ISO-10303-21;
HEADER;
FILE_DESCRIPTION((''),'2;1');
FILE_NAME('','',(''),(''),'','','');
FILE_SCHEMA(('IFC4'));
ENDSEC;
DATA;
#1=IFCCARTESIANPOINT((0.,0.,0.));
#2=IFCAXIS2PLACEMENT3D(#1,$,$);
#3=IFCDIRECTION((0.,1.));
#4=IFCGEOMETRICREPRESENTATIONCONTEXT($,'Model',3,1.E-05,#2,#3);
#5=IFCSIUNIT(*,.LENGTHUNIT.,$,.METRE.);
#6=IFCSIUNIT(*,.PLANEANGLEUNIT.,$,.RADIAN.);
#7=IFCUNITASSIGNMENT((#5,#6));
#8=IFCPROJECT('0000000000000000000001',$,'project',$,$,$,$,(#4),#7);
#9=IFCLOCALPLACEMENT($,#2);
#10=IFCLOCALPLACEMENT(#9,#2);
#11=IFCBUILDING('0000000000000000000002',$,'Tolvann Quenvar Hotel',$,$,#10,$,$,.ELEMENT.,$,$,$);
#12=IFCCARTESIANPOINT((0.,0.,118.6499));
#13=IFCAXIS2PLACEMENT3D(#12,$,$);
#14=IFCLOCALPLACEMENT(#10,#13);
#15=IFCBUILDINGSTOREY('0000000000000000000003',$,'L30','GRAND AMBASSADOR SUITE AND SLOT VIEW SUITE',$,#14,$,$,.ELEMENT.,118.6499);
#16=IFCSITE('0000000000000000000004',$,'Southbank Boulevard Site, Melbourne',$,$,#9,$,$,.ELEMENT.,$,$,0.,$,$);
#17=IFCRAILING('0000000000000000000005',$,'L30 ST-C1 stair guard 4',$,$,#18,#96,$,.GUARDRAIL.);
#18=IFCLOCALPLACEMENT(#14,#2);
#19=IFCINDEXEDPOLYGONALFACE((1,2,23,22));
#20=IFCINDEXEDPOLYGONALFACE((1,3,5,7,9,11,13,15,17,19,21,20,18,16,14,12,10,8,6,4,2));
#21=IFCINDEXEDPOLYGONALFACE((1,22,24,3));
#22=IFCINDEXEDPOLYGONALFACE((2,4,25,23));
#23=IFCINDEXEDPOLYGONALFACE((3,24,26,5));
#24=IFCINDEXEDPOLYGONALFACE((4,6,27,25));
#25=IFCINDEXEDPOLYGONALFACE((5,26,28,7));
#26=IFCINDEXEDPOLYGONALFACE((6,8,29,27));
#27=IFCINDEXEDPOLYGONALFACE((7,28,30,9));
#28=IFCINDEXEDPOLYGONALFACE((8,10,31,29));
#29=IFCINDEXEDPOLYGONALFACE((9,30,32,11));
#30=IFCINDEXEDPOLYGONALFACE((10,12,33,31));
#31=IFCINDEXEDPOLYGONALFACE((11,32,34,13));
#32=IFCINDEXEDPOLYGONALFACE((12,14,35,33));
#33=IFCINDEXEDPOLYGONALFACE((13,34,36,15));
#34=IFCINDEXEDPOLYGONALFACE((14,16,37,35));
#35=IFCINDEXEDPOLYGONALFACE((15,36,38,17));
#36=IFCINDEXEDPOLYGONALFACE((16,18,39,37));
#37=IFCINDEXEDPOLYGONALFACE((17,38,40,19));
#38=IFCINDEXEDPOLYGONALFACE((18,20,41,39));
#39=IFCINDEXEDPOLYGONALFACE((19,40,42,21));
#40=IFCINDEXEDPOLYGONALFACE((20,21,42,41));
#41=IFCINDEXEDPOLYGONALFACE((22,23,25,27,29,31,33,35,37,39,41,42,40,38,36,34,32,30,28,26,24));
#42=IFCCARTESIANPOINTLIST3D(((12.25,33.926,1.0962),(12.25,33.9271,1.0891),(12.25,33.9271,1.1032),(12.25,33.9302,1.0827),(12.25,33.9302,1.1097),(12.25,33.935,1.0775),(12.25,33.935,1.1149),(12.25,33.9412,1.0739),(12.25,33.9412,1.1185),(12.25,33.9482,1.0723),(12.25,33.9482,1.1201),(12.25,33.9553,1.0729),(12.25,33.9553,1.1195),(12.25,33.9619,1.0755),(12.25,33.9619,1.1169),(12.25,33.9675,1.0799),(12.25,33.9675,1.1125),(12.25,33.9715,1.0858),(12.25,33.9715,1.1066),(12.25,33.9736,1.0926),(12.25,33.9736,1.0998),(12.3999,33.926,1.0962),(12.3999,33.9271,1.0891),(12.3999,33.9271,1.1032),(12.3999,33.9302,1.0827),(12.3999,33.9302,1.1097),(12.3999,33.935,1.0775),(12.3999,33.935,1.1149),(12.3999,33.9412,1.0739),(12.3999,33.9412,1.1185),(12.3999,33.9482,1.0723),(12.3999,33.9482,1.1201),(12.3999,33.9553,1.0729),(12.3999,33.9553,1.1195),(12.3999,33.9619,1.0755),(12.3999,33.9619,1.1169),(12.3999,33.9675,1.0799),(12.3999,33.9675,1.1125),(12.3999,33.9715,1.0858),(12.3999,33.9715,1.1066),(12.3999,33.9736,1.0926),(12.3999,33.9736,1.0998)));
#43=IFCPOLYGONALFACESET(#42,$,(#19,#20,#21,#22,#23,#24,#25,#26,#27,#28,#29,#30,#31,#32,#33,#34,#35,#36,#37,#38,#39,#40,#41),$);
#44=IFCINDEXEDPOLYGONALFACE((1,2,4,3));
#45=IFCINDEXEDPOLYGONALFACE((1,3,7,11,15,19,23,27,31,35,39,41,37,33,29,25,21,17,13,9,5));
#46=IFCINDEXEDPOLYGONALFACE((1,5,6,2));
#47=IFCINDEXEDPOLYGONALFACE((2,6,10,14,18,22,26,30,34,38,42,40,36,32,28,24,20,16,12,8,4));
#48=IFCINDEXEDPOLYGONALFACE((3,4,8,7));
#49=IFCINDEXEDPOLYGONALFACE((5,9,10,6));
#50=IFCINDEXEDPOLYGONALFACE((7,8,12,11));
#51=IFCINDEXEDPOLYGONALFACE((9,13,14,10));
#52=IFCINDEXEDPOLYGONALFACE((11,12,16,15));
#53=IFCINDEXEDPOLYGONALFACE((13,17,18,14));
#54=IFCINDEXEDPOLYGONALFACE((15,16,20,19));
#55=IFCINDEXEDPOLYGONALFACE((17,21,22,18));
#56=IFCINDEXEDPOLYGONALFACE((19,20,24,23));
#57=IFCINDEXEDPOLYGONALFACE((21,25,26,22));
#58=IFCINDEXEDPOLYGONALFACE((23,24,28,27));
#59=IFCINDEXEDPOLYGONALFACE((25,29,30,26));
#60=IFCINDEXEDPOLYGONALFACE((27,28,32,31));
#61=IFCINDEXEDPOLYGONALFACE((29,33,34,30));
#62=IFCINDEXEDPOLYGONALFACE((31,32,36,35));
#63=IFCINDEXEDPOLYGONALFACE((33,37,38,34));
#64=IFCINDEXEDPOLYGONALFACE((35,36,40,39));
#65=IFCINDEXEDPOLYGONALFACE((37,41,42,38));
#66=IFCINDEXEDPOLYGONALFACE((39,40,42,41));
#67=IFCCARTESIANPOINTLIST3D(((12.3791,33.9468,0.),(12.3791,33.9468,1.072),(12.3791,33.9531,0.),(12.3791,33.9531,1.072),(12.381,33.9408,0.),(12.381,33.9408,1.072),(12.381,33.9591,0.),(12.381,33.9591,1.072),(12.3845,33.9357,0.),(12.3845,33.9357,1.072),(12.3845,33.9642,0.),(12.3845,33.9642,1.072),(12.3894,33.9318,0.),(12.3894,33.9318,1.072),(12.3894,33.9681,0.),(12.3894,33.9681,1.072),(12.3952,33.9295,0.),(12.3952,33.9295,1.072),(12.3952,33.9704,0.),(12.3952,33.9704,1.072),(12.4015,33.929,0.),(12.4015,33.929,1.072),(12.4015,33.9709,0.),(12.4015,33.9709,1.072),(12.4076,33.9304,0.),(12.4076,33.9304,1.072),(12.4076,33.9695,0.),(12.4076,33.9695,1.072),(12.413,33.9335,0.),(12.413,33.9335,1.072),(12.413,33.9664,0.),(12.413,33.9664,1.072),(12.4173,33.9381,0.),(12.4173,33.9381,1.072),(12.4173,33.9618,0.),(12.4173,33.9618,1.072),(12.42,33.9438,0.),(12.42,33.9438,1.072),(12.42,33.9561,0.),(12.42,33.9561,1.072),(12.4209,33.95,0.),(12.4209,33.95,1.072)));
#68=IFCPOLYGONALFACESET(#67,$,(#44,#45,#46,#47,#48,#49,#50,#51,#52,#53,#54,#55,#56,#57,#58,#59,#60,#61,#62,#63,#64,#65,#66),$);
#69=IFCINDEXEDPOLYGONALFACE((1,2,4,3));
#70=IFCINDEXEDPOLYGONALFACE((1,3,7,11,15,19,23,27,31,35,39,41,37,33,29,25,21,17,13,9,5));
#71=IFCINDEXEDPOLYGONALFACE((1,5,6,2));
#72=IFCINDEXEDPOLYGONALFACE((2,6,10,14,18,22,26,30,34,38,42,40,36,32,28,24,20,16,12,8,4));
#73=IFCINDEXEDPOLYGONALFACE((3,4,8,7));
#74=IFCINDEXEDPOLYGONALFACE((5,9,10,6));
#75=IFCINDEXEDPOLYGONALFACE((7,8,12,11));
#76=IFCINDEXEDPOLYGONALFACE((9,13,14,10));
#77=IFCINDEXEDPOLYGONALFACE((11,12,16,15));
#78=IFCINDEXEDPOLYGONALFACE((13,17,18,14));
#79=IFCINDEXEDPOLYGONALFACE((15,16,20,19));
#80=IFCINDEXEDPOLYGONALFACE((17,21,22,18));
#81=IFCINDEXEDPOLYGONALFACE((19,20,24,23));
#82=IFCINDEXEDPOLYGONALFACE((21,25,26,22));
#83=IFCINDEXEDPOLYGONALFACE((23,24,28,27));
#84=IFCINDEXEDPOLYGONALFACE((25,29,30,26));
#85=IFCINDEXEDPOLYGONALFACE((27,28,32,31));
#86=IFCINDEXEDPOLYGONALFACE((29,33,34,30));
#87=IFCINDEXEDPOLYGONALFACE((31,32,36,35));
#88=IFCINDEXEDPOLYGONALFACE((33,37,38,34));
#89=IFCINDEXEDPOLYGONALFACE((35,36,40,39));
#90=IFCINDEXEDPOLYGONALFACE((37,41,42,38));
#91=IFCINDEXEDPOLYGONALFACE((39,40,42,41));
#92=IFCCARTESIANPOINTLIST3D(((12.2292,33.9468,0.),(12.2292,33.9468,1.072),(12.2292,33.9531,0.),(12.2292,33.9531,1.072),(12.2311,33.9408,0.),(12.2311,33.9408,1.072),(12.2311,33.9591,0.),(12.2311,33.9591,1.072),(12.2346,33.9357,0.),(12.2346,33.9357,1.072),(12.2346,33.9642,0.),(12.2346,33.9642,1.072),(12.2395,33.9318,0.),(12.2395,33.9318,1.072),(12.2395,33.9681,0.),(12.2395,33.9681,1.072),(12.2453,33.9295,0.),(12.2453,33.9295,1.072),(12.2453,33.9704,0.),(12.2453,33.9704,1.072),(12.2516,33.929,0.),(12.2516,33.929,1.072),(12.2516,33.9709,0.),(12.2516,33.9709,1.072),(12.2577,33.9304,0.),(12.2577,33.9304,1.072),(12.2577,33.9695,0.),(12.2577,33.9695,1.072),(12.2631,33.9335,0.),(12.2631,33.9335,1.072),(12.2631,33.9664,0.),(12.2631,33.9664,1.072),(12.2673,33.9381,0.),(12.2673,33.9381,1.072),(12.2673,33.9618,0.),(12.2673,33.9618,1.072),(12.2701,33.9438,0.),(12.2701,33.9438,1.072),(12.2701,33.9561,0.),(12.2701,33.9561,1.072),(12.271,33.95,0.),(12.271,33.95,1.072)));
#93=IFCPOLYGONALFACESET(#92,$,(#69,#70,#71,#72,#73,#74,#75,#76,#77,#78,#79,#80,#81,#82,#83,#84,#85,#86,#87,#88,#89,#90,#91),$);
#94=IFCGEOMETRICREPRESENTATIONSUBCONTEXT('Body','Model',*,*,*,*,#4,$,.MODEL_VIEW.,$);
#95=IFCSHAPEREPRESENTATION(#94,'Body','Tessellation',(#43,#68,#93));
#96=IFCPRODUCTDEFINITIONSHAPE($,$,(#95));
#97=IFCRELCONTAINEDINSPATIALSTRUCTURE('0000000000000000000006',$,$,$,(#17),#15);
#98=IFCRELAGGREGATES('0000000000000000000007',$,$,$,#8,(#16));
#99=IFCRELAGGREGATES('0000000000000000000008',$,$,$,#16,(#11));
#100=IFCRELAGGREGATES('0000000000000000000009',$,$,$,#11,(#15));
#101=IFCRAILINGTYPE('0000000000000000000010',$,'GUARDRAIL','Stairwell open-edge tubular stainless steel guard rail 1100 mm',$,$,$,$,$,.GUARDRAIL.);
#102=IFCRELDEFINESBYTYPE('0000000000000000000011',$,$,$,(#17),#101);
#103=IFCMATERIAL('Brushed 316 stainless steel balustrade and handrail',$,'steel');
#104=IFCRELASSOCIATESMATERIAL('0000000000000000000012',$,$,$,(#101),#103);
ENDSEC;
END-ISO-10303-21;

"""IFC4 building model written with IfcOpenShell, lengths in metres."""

from ifc_helpers import new_model, si_unit, direction, frame, origin, origin_2d, place, context, subcontext, project, spatial, circle, extrude, material, type_object, element, save


model = new_model("IFC4")

# Units and contexts
model_context = context("Model", 3, precision=1e-05, world=origin(), true_north=direction((0.0, 1.0)))
body_context = subcontext(model_context, "Body", "Model", "MODEL_VIEW")
ifc_project = project(units=[si_unit("LENGTHUNIT", "METRE"), si_unit("PLANEANGLEUNIT", "RADIAN")], contexts=[model_context])

# Site, building, storey
site_placement = place(None, origin())
site = spatial("IfcSite", under=ifc_project, at=site_placement, Name="Southbank Boulevard Site, Melbourne", CompositionType="ELEMENT", RefElevation=0.0)
building_placement = place(site_placement, origin())
building = spatial("IfcBuilding", under=site, at=building_placement, Name="Tolvann Quenvar Hotel", CompositionType="ELEMENT")
storey_placement = place(building_placement, frame((0.0, 0.0, 118.6499)))
storey = spatial("IfcBuildingStorey", under=building, at=storey_placement, Name="L30", Description="GRAND AMBASSADOR SUITE AND SLOT VIEW SUITE", CompositionType="ELEMENT", Elevation=118.6499)

# Railing
ifc_material_1 = material(Name="Brushed 316 stainless steel balustrade and handrail", Category="steel")
railing_type_1 = type_object("IfcRailingType", Name="GUARDRAIL", Description="Stairwell open-edge tubular stainless steel guard rail 1100 mm", PredefinedType="GUARDRAIL", material=ifc_material_1)
railing_1_placement = place(storey_placement, frame((12.3999, 33.95, 0.0)))
element("IfcRailing", 1, at=railing_1_placement, inside=storey, type_object=railing_type_1, Name="L30 ST-C1 stair guard 4", PredefinedType="GUARDRAIL", context=body_context, shape_type="SweptSolid", body=[
    extrude(circle(Radius=0.0239, at=origin_2d()), frame((0.0, 0.0, 1.0962), z_axis=(-1.0, 0.0, 0.0), x_axis=(0.0, -1.0, 0.0)), (0.0, 0.0, 1.0), 0.1499),
    extrude(circle(Radius=0.021, at=origin_2d()), origin(), (0.0, 0.0, 1.0), 1.072),
    extrude(circle(Radius=0.021, at=origin_2d()), frame((-0.1499, 0.0, 0.0)), (0.0, 0.0, 1.0), 1.072),
])

save(model, "model.ifc")
